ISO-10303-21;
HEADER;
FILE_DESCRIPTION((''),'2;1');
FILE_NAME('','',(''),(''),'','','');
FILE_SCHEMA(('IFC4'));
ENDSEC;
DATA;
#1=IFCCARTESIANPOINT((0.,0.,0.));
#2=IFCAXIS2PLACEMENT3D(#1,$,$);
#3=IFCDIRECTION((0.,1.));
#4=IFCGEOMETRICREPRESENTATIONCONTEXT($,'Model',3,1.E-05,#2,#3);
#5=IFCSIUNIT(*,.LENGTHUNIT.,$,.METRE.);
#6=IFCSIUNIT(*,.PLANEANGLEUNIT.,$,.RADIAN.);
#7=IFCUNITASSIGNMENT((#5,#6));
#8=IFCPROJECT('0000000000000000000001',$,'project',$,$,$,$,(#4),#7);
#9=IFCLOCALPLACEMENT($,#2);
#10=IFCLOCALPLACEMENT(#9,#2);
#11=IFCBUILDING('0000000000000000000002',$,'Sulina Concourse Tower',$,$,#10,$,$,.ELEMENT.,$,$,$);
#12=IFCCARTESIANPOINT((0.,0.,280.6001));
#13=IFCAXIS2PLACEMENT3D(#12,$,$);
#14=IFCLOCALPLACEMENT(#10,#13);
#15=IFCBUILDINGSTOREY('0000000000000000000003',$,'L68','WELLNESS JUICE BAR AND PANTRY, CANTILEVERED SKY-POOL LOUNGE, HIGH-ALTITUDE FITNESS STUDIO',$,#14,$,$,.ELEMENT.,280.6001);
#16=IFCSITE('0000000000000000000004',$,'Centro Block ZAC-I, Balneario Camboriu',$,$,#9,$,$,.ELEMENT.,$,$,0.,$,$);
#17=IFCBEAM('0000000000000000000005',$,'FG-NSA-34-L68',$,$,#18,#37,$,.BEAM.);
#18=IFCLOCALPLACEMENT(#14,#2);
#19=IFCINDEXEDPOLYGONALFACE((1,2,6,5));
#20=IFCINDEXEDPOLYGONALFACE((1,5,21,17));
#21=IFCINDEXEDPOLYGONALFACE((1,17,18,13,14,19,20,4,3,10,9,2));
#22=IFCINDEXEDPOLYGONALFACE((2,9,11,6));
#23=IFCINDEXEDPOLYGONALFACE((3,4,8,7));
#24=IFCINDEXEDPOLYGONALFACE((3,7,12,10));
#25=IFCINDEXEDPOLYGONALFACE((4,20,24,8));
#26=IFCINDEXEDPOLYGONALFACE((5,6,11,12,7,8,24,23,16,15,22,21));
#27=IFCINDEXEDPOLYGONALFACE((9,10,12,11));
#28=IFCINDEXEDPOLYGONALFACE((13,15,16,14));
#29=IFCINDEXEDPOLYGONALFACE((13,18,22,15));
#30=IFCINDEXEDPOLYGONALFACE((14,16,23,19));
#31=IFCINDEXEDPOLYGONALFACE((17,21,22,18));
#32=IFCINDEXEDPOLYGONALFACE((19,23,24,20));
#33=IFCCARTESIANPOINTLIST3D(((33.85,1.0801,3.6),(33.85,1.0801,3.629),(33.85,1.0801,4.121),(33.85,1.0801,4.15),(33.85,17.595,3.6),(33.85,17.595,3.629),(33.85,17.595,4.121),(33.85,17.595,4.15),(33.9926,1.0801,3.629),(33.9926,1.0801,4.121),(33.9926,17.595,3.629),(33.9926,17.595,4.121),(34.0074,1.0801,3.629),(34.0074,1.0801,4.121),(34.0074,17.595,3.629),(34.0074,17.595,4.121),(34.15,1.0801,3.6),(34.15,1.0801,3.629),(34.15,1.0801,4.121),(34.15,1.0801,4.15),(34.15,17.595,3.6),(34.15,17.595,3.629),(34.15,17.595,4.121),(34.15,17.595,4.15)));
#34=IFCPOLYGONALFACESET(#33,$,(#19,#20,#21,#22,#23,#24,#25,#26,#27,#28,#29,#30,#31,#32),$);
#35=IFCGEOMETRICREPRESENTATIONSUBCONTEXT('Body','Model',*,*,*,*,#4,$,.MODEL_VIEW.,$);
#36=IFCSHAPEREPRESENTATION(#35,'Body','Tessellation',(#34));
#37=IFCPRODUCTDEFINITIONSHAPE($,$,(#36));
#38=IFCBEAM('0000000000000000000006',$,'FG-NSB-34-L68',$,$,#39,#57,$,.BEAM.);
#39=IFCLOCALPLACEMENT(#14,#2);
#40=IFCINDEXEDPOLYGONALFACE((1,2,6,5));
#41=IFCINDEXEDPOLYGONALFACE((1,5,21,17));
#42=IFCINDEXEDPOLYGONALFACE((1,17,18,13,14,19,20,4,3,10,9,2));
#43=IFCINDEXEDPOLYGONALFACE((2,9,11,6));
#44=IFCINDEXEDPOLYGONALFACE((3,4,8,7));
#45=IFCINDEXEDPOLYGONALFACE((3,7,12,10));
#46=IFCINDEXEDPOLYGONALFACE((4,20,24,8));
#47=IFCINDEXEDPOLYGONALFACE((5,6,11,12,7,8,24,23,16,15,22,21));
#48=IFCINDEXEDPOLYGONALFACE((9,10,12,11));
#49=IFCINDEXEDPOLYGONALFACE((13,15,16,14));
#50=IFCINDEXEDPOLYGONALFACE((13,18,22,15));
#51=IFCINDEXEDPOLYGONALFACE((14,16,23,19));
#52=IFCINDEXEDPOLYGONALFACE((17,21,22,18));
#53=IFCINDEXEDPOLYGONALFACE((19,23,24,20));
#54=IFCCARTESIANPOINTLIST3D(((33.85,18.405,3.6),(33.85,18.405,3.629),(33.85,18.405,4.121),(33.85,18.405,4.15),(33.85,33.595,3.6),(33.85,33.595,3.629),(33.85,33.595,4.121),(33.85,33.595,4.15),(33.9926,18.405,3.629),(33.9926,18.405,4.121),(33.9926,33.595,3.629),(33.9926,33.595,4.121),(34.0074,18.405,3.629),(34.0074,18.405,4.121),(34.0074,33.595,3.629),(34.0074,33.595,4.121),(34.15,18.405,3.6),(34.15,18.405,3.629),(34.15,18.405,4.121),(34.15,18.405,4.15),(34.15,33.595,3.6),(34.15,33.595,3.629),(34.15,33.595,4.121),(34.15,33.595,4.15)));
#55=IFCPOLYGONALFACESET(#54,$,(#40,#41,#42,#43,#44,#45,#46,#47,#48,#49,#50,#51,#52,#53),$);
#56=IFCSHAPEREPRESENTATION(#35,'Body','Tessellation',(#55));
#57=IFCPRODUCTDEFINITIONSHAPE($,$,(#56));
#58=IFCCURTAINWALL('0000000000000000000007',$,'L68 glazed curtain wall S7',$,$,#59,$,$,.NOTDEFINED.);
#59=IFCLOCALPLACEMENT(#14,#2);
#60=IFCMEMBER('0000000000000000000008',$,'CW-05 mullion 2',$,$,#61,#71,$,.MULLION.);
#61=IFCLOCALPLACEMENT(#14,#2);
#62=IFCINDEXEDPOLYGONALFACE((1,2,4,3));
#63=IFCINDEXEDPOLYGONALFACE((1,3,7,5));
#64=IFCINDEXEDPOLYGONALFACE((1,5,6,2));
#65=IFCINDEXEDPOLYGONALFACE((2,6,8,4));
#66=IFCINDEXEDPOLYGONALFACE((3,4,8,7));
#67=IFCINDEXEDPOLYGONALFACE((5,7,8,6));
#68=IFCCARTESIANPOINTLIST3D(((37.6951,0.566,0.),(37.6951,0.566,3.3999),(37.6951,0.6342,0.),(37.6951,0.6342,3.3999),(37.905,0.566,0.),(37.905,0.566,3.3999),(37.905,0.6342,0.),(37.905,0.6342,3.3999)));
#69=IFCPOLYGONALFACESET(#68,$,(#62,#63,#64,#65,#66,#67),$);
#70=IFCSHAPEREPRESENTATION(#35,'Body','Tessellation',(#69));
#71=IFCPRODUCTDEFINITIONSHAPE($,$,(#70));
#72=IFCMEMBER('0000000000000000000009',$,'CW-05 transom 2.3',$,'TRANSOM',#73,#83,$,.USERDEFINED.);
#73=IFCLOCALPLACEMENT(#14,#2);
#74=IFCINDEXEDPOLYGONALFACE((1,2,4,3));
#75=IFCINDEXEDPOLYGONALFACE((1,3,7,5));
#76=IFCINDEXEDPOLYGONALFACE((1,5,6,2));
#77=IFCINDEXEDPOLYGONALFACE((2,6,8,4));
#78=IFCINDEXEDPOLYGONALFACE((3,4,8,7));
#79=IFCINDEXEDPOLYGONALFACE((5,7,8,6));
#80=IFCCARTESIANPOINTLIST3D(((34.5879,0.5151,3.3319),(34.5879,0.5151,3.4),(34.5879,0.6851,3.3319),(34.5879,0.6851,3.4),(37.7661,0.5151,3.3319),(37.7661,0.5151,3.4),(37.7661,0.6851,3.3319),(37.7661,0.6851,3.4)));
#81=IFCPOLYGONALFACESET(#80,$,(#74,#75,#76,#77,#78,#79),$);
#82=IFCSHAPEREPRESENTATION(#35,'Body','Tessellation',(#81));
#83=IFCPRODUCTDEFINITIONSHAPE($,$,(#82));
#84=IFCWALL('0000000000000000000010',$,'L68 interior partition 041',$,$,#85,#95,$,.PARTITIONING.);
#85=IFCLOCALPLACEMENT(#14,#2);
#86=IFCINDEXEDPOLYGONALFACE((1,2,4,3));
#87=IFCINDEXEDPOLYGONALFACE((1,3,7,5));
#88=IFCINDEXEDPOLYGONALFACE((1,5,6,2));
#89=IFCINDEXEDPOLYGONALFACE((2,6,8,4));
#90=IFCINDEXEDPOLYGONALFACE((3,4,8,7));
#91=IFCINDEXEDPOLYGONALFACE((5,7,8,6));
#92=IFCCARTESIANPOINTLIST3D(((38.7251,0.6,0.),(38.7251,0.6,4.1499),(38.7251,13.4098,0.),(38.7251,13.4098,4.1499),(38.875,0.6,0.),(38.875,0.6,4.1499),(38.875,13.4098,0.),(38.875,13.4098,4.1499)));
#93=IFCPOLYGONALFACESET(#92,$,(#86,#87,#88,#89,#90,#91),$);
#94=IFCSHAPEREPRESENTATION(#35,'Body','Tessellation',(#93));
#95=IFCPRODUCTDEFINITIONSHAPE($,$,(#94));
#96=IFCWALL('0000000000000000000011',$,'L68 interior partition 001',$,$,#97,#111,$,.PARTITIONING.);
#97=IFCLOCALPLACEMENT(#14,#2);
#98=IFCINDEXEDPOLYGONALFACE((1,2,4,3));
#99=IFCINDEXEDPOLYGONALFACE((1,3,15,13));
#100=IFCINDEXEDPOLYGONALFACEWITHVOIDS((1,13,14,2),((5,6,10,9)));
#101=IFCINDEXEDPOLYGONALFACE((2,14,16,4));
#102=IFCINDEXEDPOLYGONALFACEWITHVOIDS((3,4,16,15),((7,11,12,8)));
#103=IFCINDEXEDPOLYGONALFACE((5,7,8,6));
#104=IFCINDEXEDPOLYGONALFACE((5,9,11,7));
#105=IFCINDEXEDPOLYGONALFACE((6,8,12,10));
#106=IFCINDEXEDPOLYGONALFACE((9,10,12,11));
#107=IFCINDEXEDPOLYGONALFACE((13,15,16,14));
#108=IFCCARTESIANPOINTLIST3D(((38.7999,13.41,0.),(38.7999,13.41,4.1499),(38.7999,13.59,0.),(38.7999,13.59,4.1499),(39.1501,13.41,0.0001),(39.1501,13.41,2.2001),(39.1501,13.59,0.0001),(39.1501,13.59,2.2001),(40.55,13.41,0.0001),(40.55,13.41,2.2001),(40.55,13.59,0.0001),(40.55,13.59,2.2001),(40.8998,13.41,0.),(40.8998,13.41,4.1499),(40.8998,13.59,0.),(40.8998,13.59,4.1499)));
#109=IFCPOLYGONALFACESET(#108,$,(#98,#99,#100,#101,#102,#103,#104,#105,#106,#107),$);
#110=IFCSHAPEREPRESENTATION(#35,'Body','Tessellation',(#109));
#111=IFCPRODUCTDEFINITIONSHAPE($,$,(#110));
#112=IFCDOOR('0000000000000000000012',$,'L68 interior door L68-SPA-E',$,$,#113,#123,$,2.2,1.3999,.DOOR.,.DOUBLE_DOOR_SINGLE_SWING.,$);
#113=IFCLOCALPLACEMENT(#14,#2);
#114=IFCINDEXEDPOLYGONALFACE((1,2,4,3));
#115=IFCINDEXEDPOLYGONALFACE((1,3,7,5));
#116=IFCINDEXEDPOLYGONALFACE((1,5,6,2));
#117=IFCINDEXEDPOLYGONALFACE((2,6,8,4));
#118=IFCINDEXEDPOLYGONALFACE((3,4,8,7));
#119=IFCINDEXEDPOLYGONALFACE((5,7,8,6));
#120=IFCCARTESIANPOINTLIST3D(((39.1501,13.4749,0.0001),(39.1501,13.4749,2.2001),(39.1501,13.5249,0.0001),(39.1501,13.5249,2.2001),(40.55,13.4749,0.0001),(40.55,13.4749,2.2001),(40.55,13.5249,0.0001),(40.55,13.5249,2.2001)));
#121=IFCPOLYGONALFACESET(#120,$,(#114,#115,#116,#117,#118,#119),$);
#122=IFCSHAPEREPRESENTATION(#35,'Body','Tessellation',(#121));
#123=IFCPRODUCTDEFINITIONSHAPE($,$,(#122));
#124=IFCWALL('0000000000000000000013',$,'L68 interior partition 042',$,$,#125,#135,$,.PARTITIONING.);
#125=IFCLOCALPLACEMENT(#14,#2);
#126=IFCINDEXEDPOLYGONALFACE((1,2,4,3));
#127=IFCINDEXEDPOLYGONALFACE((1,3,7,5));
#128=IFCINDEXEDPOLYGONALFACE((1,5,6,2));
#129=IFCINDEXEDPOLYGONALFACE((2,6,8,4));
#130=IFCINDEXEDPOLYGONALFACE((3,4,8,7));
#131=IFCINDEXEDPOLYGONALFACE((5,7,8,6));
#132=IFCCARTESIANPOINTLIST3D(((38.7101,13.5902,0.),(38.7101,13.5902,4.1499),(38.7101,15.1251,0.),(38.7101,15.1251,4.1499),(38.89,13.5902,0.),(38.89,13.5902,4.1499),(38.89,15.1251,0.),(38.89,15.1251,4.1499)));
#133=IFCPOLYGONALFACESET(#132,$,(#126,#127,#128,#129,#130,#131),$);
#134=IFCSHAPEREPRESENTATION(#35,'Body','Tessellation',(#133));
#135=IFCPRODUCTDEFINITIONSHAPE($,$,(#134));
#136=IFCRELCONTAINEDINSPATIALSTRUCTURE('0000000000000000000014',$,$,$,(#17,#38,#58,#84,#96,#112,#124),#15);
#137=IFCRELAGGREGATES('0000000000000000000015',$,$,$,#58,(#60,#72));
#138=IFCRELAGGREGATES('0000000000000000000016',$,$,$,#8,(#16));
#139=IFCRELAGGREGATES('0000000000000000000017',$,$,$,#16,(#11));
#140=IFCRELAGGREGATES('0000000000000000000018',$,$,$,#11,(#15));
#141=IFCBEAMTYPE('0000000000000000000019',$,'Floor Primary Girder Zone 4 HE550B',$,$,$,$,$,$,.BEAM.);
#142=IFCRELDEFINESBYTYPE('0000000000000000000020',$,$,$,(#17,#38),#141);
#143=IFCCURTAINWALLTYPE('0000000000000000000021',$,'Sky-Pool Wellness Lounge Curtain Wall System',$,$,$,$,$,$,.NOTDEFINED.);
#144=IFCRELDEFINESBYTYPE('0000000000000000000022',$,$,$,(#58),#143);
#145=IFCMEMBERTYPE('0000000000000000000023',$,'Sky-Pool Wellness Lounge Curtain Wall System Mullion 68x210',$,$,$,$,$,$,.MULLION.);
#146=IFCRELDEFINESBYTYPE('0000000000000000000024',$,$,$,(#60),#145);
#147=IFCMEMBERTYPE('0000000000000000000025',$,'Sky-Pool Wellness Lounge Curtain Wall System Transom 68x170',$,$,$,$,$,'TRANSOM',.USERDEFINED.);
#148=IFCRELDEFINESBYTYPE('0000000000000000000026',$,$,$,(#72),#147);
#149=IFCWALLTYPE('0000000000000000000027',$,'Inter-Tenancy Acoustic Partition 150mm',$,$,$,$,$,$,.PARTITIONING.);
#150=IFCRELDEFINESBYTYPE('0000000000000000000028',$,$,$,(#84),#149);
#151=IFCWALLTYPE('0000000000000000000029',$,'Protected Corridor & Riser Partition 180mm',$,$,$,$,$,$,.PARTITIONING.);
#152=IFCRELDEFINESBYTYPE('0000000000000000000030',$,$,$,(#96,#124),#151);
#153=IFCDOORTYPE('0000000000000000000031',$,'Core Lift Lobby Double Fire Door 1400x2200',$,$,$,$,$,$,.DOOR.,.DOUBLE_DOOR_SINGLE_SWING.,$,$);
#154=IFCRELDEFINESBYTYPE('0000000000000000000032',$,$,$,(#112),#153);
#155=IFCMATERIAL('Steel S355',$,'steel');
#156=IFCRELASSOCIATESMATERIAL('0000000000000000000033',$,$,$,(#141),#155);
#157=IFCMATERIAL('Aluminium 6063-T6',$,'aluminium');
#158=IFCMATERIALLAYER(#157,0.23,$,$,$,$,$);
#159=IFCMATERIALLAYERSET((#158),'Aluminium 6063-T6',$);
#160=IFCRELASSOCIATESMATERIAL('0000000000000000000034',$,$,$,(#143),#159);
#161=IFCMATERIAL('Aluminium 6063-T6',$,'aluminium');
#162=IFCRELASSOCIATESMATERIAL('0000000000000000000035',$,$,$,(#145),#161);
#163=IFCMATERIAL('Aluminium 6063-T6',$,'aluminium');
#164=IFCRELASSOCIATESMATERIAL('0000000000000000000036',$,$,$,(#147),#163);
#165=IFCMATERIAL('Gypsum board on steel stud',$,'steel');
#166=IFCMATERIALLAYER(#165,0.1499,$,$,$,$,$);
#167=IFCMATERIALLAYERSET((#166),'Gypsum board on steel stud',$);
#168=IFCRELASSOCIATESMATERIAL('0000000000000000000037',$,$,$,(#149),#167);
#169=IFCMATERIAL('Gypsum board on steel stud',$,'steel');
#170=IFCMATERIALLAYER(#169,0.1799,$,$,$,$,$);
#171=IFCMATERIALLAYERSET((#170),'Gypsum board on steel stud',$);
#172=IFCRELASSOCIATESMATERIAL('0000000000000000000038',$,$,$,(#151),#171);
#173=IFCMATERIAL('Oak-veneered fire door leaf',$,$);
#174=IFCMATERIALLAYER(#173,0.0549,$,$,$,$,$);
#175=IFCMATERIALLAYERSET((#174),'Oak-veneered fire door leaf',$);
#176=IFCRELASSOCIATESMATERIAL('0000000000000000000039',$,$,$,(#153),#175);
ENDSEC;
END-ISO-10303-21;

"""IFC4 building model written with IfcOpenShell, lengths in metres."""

from ifc_helpers import new_model, si_unit, direction, frame, frame_2d, origin, origin_2d, place, context, subcontext, project, spatial, rectangle, i_section, extrude, material, layer, layer_set, material_profile, profile_set, type_object, element, fill, aggregate, save


model = new_model("IFC4")

# Units and contexts
model_context = context("Model", 3, precision=1e-05, world=origin(), true_north=direction((0.0, 1.0)))
body_context = subcontext(model_context, "Body", "Model", "MODEL_VIEW")
ifc_project = project(units=[si_unit("LENGTHUNIT", "METRE"), si_unit("PLANEANGLEUNIT", "RADIAN")], contexts=[model_context])

# Site, building, storey
site_placement = place(None, origin())
site = spatial("IfcSite", under=ifc_project, at=site_placement, Name="Centro Block ZAC-I, Balneario Camboriu", CompositionType="ELEMENT", RefElevation=0.0)
building_placement = place(site_placement, origin())
building = spatial("IfcBuilding", under=site, at=building_placement, Name="Sulina Concourse Tower", CompositionType="ELEMENT")
storey_placement = place(building_placement, frame((0.0, 0.0, 280.6001)))
storey = spatial("IfcBuildingStorey", under=building, at=storey_placement, Name="L68", Description="WELLNESS JUICE BAR AND PANTRY, CANTILEVERED SKY-POOL LOUNGE, HIGH-ALTITUDE FITNESS STUDIO", CompositionType="ELEMENT", Elevation=280.6001)

# Beams
ifc_material_1 = material(Name="Steel S355", Category="steel")
ifc_material_profile_1 = material_profile(ifc_material_1, i_section(OverallWidth=0.3, OverallDepth=0.55, WebThickness=0.0149, FlangeThickness=0.0291, at=origin_2d()), Name="HE 550 B")
ifc_profile_set_1 = profile_set([ifc_material_profile_1], Name="Steel S355")
beam_type_1 = type_object("IfcBeamType", Name="Floor Primary Girder Zone 4 HE550B", PredefinedType="BEAM", material=ifc_profile_set_1)
beam_1_placement = place(storey_placement, frame((34.0, 1.0801, 3.875), z_axis=(0.0, 1.0, 0.0), x_axis=(-1.0, 0.0, 0.0)))
element("IfcBeam", 1, at=beam_1_placement, inside=storey, type_object=beam_type_1, Name="FG-NSA-34-L68", PredefinedType="BEAM", context=body_context, shape_type="SweptSolid", body=[
    extrude(i_section(OverallWidth=0.3, OverallDepth=0.55, WebThickness=0.0149, FlangeThickness=0.0291, at=origin_2d()), origin(), (0.0, 0.0, 1.0), 16.5149),
])
beam_2_placement = place(storey_placement, frame((34.0, 18.405, 3.875), z_axis=(0.0, 1.0, 0.0), x_axis=(-1.0, 0.0, 0.0)))
element("IfcBeam", 2, at=beam_2_placement, inside=storey, type_object=beam_type_1, Name="FG-NSB-34-L68", PredefinedType="BEAM", context=body_context, shape_type="SweptSolid", body=[
    extrude(i_section(OverallWidth=0.3, OverallDepth=0.55, WebThickness=0.0149, FlangeThickness=0.0291, at=origin_2d()), origin(), (0.0, 0.0, 1.0), 15.1899),
])

# Curtain wall, members
ifc_material_2 = material(Name="Aluminium 6063-T6", Category="aluminium")
ifc_layer_1 = layer(ifc_material_2, 0.23)
ifc_layer_set_1 = layer_set([ifc_layer_1], Name="Aluminium 6063-T6")
curtain_wall_type = type_object("IfcCurtainWallType", Name="Sky-Pool Wellness Lounge Curtain Wall System", PredefinedType="NOTDEFINED", material=ifc_layer_set_1)
curtain_wall_placement = place(storey_placement, origin())
curtain_wall = element("IfcCurtainWall", 3, at=curtain_wall_placement, inside=storey, type_object=curtain_wall_type, Name="L68 glazed curtain wall S7", PredefinedType="NOTDEFINED")
ifc_material_3 = material(Name="Aluminium 6063-T6", Category="aluminium")
ifc_material_profile_2 = material_profile(ifc_material_3, rectangle(XDim=0.0681, YDim=0.21, at=origin_2d()), Name="MUL 68x210")
ifc_profile_set_2 = profile_set([ifc_material_profile_2], Name="Aluminium 6063-T6")
member_type_1 = type_object("IfcMemberType", Name="Sky-Pool Wellness Lounge Curtain Wall System Mullion 68x210", PredefinedType="MULLION", material=ifc_profile_set_2)
member_1_placement = place(storey_placement, frame((37.8, 0.6001, 0.0), z_axis=(0.0, 0.0, 1.0), x_axis=(0.0, -1.0, 0.0)))
member_1 = element("IfcMember", 4, at=member_1_placement, type_object=member_type_1, Name="CW-05 mullion 2", PredefinedType="MULLION", context=body_context, shape_type="SweptSolid", body=[
    extrude(rectangle(XDim=0.0681, YDim=0.21, at=origin_2d()), origin(), (0.0, 0.0, 1.0), 3.3999),
])
ifc_material_4 = material(Name="Aluminium 6063-T6", Category="aluminium")
ifc_material_profile_3 = material_profile(ifc_material_4, rectangle(XDim=0.1699, YDim=0.0681, at=origin_2d()), Name="TRN 68x170")
ifc_profile_set_3 = profile_set([ifc_material_profile_3], Name="Aluminium 6063-T6")
member_type_2 = type_object("IfcMemberType", Name="Sky-Pool Wellness Lounge Curtain Wall System Transom 68x170", ElementType="TRANSOM", PredefinedType="USERDEFINED", material=ifc_profile_set_3)
member_2_placement = place(storey_placement, frame((37.7661, 0.6001, 3.366), z_axis=(-1.0, 0.0, 0.0), x_axis=(0.0, -1.0, 0.0)))
member_2 = element("IfcMember", 5, at=member_2_placement, type_object=member_type_2, Name="CW-05 transom 2.3", ObjectType="TRANSOM", PredefinedType="USERDEFINED", context=body_context, shape_type="SweptSolid", body=[
    extrude(rectangle(XDim=0.1699, YDim=0.0681, at=origin_2d()), origin(), (0.0, 0.0, 1.0), 3.1782),
])
aggregate(curtain_wall, [member_1, member_2])

# Wall
ifc_material_5 = material(Name="Gypsum board on steel stud", Category="steel")
ifc_layer_2 = layer(ifc_material_5, 0.1499)
ifc_layer_set_2 = layer_set([ifc_layer_2], Name="Gypsum board on steel stud")
wall_type_1 = type_object("IfcWallType", Name="Inter-Tenancy Acoustic Partition 150mm", PredefinedType="PARTITIONING", material=ifc_layer_set_2)
wall_1_placement = place(storey_placement, frame((38.8, 0.6001, 0.0), z_axis=(0.0, 0.0, 1.0), x_axis=(0.0, 1.0, 0.0)))
element("IfcWall", 6, at=wall_1_placement, inside=storey, type_object=wall_type_1, Name="L68 interior partition 041", PredefinedType="PARTITIONING", context=body_context, shape_type="SweptSolid", body=[
    extrude(rectangle(XDim=12.8098, YDim=0.1499, at=frame_2d((6.4048, 0.0))), origin(), (0.0, 0.0, 1.0), 4.1499),
])

# Wall, opening, door
ifc_material_6 = material(Name="Gypsum board on steel stud", Category="steel")
ifc_layer_3 = layer(ifc_material_6, 0.1799)
ifc_layer_set_3 = layer_set([ifc_layer_3], Name="Gypsum board on steel stud")
wall_type_2 = type_object("IfcWallType", Name="Protected Corridor & Riser Partition 180mm", PredefinedType="PARTITIONING", material=ifc_layer_set_3)
wall_2_placement = place(storey_placement, frame((38.8, 13.5, 0.0), z_axis=(0.0, 0.0, 1.0), x_axis=(1.0, 0.0, 0.0)))
wall_2 = element("IfcWall", 7, at=wall_2_placement, inside=storey, type_object=wall_type_2, Name="L68 interior partition 001", PredefinedType="PARTITIONING", context=body_context, shape_type="SweptSolid", body=[
    extrude(rectangle(XDim=2.0999, YDim=0.1799, at=frame_2d((1.0498, 0.0))), origin(), (0.0, 0.0, 1.0), 4.1499),
])
opening_placement = place(wall_2_placement, frame((0.3501, 0.0, 0.0)))
opening = element("IfcOpeningElement", 8, at=opening_placement, cuts=wall_2, PredefinedType="OPENING", context=body_context, shape_type="SweptSolid", body=[
    extrude(rectangle(XDim=1.3999, YDim=2.2, at=frame_2d((0.7, 1.1001))), frame((0.0, 0.0999, 0.0), z_axis=(0.0, -1.0, 0.0), x_axis=(1.0, 0.0, 0.0)), (0.0, 0.0, 1.0), 0.2),
])
ifc_material_7 = material(Name="Oak-veneered fire door leaf")
ifc_layer_4 = layer(ifc_material_7, 0.0549)
ifc_layer_set_4 = layer_set([ifc_layer_4], Name="Oak-veneered fire door leaf")
door_type = type_object("IfcDoorType", Name="Core Lift Lobby Double Fire Door 1400x2200", OperationType="DOUBLE_DOOR_SINGLE_SWING", PredefinedType="DOOR", material=ifc_layer_set_4)
door_placement = place(opening_placement, origin())
door = element("IfcDoor", 9, at=door_placement, inside=storey, type_object=door_type, Name="L68 interior door L68-SPA-E", OperationType="DOUBLE_DOOR_SINGLE_SWING", OverallHeight=2.2, OverallWidth=1.3999, PredefinedType="DOOR", context=body_context, shape_type="SweptSolid", body=[
    extrude(rectangle(XDim=1.3999, YDim=2.2, at=frame_2d((0.7, 1.1001))), frame((0.0, 0.0249, 0.0), z_axis=(0.0, -1.0, 0.0), x_axis=(1.0, 0.0, 0.0)), (0.0, 0.0, 1.0), 0.05),
])
fill(opening, door)

# Wall
wall_3_placement = place(storey_placement, frame((38.8, 13.5901, 0.0), z_axis=(0.0, 0.0, 1.0), x_axis=(0.0, 1.0, 0.0)))
element("IfcWall", 10, at=wall_3_placement, inside=storey, type_object=wall_type_2, Name="L68 interior partition 042", PredefinedType="PARTITIONING", context=body_context, shape_type="SweptSolid", body=[
    extrude(rectangle(XDim=1.5349, YDim=0.1799, at=frame_2d((0.7676, 0.0))), origin(), (0.0, 0.0, 1.0), 4.1499),
])

save(model, "model.ifc")
